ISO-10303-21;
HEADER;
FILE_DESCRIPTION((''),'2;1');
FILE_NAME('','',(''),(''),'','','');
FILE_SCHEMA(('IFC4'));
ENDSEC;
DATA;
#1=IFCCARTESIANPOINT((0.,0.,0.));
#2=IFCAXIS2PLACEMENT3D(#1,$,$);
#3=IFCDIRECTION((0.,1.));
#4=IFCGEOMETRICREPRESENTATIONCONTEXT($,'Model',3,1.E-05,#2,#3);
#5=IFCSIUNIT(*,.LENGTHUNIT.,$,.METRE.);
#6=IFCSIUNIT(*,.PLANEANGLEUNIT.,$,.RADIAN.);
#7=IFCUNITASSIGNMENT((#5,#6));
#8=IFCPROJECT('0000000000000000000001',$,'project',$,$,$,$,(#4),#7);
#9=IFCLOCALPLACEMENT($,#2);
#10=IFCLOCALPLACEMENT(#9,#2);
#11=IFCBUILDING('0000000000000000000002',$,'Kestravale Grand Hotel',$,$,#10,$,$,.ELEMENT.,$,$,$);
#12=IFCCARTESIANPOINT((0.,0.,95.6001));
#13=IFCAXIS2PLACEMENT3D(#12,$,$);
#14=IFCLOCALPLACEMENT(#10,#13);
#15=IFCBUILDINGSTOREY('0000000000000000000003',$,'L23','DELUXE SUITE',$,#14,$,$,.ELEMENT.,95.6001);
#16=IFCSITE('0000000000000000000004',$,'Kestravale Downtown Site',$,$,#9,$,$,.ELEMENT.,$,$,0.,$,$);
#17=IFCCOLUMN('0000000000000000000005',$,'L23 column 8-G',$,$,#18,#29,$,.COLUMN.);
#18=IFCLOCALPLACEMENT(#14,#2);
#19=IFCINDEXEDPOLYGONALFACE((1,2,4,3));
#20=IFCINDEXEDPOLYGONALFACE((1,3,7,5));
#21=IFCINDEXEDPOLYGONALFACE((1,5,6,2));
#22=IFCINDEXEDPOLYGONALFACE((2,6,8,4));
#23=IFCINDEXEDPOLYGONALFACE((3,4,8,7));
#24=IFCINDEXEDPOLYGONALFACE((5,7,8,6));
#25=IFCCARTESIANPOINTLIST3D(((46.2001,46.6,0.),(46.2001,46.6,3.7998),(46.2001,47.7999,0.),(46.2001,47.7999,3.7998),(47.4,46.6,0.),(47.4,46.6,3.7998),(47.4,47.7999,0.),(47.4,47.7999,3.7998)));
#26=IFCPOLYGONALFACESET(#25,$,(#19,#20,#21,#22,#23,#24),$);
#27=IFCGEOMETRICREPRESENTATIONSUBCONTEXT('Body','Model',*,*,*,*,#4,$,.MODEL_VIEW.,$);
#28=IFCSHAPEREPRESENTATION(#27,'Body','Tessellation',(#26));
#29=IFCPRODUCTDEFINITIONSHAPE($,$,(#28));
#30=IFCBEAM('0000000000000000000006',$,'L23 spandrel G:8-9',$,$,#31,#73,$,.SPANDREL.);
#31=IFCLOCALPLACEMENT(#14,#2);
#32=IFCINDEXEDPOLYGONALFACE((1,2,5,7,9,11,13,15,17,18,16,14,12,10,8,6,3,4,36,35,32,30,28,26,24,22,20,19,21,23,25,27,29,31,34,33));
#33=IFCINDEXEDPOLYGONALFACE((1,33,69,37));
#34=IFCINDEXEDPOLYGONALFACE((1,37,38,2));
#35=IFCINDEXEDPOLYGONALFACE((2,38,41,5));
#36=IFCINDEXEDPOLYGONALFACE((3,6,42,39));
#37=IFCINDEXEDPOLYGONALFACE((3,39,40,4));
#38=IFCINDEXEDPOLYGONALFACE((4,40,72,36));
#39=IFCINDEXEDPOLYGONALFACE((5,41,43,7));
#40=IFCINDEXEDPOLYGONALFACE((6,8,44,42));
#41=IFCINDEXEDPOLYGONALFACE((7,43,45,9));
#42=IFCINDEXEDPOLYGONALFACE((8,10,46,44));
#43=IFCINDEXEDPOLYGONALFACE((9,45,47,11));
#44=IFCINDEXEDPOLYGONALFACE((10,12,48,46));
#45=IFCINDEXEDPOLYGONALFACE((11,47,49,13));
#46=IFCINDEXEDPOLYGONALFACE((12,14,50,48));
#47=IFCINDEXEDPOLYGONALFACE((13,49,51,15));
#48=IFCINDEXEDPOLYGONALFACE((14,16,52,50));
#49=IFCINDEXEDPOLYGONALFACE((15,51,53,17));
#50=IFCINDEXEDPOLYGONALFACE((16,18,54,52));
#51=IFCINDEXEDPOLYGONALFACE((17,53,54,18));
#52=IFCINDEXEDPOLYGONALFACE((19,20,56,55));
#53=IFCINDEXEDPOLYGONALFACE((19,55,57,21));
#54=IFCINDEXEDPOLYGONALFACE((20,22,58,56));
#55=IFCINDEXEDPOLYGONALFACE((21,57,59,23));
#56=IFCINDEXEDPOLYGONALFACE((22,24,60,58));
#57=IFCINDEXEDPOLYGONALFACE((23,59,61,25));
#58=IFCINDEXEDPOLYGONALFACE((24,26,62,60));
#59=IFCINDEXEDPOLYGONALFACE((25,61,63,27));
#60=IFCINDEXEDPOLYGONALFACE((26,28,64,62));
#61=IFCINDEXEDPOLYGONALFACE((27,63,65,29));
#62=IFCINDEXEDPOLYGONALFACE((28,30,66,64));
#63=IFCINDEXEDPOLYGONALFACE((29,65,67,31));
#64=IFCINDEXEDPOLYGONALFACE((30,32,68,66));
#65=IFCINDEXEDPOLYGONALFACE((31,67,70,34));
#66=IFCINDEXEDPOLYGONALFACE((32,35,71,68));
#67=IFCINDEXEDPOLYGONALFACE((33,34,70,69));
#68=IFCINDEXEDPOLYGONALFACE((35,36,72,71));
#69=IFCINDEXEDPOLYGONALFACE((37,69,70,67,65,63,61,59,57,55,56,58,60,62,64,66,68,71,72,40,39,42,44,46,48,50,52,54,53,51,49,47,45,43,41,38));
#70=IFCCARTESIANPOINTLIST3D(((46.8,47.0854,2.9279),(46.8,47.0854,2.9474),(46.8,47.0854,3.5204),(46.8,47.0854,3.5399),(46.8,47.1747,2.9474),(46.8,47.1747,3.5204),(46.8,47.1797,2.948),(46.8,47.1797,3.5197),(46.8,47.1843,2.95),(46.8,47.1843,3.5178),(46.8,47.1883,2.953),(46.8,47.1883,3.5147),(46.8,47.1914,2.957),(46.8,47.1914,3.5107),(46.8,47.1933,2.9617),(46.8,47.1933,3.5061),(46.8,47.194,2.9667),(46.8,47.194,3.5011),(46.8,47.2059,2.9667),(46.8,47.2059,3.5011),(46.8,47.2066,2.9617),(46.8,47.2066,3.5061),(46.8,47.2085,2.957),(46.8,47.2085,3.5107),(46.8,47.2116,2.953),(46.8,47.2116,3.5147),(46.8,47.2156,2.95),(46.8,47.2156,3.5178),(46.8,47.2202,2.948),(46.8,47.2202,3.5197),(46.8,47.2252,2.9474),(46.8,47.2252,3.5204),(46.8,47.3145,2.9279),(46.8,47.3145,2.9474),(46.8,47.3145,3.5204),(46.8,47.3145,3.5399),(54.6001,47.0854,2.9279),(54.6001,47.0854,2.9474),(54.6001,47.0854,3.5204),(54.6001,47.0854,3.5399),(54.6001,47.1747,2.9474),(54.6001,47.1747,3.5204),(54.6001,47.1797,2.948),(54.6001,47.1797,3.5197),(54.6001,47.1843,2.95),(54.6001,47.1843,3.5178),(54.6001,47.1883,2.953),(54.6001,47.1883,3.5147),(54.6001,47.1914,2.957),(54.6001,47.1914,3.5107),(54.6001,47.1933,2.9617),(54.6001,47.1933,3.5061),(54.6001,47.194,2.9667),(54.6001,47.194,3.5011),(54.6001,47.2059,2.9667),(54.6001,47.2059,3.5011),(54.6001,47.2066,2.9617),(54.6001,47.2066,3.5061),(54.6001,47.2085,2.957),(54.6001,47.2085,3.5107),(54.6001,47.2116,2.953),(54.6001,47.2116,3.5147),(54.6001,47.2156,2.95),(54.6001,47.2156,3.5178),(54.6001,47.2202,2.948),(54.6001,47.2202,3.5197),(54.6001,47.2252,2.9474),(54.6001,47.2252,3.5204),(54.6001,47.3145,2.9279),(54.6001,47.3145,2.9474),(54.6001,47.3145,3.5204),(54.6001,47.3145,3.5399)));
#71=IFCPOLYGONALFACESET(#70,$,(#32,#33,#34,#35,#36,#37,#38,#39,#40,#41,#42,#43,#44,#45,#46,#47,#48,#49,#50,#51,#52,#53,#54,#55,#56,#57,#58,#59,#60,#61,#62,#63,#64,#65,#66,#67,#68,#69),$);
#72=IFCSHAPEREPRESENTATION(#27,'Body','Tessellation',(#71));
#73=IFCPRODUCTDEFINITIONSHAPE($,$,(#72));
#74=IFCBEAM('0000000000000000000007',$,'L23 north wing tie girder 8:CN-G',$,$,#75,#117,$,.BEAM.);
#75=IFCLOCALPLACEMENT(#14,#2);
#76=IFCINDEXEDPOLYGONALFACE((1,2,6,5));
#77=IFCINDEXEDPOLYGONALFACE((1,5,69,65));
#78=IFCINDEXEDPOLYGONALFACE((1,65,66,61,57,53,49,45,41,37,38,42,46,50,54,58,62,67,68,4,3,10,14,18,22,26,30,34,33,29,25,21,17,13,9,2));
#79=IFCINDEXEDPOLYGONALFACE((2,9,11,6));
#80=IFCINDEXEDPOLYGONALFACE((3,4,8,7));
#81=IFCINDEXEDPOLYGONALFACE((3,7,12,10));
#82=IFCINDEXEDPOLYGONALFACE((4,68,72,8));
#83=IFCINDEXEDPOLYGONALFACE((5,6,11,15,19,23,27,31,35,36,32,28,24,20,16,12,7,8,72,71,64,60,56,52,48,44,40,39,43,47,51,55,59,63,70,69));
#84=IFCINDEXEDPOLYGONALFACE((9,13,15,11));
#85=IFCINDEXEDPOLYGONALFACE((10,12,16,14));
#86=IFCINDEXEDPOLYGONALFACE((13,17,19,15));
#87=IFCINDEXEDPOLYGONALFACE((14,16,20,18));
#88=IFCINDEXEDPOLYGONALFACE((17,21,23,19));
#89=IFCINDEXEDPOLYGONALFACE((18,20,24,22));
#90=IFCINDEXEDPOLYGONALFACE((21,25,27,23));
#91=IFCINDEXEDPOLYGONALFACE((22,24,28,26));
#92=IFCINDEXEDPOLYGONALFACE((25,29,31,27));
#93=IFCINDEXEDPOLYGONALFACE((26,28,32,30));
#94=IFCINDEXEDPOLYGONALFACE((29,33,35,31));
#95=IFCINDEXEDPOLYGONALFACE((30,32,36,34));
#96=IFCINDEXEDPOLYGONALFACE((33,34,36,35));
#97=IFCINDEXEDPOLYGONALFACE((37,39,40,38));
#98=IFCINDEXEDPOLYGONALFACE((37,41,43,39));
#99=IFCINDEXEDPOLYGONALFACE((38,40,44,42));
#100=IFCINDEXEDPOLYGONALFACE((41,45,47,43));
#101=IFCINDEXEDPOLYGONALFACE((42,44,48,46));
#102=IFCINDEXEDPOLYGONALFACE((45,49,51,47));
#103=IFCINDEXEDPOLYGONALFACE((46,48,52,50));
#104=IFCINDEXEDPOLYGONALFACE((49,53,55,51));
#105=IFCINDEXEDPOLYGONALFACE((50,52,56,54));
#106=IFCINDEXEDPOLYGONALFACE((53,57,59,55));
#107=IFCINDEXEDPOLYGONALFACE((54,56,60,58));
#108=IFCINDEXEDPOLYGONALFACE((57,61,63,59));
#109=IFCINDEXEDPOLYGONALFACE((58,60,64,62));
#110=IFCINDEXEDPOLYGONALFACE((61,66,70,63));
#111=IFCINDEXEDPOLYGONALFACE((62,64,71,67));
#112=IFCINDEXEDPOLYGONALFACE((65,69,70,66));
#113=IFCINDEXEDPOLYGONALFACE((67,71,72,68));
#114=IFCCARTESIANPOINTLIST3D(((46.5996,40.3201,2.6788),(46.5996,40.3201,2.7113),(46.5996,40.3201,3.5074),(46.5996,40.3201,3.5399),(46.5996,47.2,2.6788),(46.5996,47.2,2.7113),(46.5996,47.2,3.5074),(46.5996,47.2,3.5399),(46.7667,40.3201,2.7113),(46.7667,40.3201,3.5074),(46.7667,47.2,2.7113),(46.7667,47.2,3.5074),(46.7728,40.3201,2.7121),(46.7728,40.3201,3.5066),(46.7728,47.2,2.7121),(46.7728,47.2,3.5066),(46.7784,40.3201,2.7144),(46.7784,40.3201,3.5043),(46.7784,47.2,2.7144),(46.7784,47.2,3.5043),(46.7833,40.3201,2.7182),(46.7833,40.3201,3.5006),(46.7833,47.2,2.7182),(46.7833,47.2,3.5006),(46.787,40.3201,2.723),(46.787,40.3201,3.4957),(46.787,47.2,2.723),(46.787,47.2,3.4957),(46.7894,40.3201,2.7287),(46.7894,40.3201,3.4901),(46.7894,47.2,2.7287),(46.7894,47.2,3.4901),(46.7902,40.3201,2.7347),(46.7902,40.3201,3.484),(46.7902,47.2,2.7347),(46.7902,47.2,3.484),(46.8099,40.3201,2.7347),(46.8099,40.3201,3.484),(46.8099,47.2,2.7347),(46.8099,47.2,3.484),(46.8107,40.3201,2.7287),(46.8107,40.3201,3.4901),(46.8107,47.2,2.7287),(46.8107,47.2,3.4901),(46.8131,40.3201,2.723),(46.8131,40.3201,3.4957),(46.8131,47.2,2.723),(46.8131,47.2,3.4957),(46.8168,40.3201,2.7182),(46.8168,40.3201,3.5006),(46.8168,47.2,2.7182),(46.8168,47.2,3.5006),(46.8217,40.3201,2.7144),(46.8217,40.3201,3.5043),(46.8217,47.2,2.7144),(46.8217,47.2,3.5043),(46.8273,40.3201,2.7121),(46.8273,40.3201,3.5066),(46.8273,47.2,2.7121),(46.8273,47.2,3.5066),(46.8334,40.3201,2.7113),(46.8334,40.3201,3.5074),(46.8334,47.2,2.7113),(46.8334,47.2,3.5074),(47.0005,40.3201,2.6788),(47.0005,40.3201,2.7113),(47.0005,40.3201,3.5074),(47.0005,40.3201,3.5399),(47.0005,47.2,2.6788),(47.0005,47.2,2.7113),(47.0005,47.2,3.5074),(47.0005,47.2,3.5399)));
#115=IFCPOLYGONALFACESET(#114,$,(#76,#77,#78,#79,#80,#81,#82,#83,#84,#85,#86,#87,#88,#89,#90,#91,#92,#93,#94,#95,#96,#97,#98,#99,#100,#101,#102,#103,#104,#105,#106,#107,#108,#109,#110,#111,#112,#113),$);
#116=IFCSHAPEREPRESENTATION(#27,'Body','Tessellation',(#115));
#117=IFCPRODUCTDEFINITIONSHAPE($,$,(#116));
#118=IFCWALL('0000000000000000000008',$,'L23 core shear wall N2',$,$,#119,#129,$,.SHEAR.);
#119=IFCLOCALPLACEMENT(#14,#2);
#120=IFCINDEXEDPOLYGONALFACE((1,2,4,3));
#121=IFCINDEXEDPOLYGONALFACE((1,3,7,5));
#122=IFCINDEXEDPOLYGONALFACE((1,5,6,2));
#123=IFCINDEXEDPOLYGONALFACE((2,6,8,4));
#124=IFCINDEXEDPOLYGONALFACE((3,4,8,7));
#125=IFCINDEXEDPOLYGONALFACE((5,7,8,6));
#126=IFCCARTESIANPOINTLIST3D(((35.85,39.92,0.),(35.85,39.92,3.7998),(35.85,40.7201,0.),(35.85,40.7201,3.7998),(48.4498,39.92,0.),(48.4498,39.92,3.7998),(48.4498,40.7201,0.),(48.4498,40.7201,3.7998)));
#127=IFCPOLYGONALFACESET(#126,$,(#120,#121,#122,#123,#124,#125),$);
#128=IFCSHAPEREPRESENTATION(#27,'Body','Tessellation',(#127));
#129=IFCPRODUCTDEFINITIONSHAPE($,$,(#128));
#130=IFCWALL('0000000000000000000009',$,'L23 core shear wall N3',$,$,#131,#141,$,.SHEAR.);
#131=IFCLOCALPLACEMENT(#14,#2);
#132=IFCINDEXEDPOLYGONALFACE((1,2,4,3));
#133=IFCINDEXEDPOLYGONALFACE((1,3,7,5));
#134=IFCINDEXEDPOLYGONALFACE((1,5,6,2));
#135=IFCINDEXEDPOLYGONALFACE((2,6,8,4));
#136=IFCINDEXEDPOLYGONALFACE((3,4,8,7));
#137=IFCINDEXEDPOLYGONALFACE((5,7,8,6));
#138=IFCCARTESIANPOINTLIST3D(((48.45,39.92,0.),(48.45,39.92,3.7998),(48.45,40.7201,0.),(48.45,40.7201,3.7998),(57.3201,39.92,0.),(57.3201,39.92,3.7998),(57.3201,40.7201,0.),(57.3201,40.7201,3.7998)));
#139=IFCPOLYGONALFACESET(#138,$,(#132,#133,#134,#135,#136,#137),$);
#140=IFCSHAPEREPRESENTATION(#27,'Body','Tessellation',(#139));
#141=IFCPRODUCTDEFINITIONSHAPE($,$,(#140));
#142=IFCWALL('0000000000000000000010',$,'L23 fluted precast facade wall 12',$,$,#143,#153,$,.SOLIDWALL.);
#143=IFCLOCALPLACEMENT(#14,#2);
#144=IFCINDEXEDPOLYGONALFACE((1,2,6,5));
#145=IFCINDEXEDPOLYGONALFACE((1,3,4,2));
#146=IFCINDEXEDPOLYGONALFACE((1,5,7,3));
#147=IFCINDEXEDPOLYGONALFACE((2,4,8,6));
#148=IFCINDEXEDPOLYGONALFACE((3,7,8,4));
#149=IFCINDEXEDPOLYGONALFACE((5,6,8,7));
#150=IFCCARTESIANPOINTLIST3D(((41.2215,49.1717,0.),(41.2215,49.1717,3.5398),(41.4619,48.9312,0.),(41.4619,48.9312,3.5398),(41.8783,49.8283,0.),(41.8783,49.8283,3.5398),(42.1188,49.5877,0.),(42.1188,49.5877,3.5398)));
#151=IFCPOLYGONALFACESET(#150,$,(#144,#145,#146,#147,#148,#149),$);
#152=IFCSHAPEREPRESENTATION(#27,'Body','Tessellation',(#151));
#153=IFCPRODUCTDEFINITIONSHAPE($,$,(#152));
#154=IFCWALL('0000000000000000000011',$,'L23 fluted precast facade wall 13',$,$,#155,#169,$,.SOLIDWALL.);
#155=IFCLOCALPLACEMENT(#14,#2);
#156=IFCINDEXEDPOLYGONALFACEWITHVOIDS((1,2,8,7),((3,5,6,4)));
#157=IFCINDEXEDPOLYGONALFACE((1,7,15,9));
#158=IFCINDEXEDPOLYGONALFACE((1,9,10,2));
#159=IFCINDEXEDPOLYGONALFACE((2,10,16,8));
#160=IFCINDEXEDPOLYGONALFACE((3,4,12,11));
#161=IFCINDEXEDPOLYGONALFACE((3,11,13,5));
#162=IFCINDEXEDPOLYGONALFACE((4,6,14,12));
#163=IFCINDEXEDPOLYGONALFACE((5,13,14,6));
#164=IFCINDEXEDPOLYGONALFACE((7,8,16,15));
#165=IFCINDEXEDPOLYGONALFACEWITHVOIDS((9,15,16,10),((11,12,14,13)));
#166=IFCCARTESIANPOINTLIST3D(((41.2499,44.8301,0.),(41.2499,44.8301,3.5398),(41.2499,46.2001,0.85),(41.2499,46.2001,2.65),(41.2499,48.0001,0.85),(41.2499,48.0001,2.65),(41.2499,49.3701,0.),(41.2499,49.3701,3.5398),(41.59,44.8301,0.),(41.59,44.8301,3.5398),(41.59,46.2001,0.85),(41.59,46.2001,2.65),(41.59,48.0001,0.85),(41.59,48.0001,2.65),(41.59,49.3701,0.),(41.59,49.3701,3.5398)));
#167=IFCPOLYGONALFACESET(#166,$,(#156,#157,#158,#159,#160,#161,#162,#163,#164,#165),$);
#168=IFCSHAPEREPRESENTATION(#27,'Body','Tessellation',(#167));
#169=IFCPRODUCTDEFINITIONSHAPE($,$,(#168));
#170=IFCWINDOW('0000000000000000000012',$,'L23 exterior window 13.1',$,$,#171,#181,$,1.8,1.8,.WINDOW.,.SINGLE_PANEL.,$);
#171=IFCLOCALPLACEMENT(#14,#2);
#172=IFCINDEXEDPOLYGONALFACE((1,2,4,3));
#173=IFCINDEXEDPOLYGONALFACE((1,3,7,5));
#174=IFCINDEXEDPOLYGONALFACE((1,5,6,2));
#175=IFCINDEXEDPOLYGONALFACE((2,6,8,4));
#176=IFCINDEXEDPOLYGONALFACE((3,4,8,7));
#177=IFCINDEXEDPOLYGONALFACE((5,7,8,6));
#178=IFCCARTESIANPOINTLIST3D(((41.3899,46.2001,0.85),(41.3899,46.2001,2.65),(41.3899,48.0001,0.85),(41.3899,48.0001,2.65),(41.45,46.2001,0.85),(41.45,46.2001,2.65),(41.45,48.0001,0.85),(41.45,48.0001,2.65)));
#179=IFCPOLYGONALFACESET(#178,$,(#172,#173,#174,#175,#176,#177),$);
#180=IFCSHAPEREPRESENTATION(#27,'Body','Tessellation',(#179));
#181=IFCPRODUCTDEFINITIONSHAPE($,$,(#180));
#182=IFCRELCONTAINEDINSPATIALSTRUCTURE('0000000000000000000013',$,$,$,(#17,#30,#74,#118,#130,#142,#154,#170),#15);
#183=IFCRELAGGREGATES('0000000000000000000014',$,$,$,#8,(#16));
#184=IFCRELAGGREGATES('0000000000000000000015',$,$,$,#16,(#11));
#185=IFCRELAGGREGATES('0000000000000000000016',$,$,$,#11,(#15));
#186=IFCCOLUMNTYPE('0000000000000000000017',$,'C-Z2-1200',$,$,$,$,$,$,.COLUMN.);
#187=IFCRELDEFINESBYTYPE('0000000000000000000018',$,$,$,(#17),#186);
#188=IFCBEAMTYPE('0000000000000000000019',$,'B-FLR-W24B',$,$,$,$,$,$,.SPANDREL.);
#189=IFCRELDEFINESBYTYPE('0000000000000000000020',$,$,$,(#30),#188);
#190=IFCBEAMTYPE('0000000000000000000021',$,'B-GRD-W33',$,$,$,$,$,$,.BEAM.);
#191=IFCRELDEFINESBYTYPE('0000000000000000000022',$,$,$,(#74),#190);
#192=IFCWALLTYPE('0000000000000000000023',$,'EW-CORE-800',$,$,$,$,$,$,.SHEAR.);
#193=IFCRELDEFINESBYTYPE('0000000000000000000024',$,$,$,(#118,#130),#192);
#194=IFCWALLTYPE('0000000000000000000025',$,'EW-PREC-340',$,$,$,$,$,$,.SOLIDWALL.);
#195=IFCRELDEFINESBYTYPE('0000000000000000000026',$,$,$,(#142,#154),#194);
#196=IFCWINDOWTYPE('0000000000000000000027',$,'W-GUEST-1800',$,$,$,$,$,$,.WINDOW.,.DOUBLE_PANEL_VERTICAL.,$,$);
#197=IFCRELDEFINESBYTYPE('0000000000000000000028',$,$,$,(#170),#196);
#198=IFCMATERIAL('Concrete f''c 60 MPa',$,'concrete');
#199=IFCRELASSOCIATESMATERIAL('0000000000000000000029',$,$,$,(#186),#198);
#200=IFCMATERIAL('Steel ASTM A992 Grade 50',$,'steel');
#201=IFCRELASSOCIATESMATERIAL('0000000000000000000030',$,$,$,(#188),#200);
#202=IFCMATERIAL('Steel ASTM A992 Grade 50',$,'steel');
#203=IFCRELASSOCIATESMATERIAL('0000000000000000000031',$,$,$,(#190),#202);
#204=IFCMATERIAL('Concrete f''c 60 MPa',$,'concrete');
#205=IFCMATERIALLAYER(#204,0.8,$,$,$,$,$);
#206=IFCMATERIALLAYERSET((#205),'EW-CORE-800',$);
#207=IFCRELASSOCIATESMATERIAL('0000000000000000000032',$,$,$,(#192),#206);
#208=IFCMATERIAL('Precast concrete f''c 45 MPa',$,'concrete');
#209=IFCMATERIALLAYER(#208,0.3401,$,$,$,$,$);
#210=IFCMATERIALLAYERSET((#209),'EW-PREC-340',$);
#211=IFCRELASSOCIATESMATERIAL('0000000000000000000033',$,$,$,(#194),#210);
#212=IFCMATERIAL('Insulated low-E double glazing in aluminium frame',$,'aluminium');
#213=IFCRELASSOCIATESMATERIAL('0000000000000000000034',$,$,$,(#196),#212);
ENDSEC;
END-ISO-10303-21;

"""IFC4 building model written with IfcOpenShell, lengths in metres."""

from ifc_helpers import new_model, si_unit, direction, frame, frame_2d, origin, origin_2d, place, context, subcontext, project, spatial, rectangle, i_section, extrude, material, layer, layer_set, material_profile, profile_set, type_object, element, fill, save


model = new_model("IFC4")

# Units and contexts
model_context = context("Model", 3, precision=1e-05, world=origin(), true_north=direction((0.0, 1.0)))
body_context = subcontext(model_context, "Body", "Model", "MODEL_VIEW")
ifc_project = project(units=[si_unit("LENGTHUNIT", "METRE"), si_unit("PLANEANGLEUNIT", "RADIAN")], contexts=[model_context])

# Site, building, storey
site_placement = place(None, origin())
site = spatial("IfcSite", under=ifc_project, at=site_placement, Name="Kestravale Downtown Site", CompositionType="ELEMENT", RefElevation=0.0)
building_placement = place(site_placement, origin())
building = spatial("IfcBuilding", under=site, at=building_placement, Name="Kestravale Grand Hotel", CompositionType="ELEMENT")
storey_placement = place(building_placement, frame((0.0, 0.0, 95.6001)))
storey = spatial("IfcBuildingStorey", under=building, at=storey_placement, Name="L23", Description="DELUXE SUITE", CompositionType="ELEMENT", Elevation=95.6001)

# Column
ifc_material_1 = material(Name="Concrete f'c 60 MPa", Category="concrete")
ifc_material_profile_1 = material_profile(ifc_material_1, rectangle(XDim=1.2, YDim=1.2, at=origin_2d()))
ifc_profile_set_1 = profile_set([ifc_material_profile_1], Name="Concrete f'c 60 MPa")
column_type = type_object("IfcColumnType", Name="C-Z2-1200", PredefinedType="COLUMN", material=ifc_profile_set_1)
column_placement = place(storey_placement, frame((46.8, 47.2, 0.0), z_axis=(0.0, 0.0, 1.0), x_axis=(1.0, 0.0, 0.0)))
element("IfcColumn", 1, at=column_placement, inside=storey, type_object=column_type, Name="L23 column 8-G", PredefinedType="COLUMN", context=body_context, shape_type="SweptSolid", body=[
    extrude(rectangle(XDim=1.2, YDim=1.2, at=origin_2d()), origin(), (0.0, 0.0, 1.0), 3.7998),
])

# Beams
ifc_material_2 = material(Name="Steel ASTM A992 Grade 50", Category="steel")
ifc_material_profile_2 = material_profile(ifc_material_2, i_section(OverallWidth=0.229, OverallDepth=0.6121, WebThickness=0.012, FlangeThickness=0.0195, FilletRadius=0.0193, at=origin_2d()))
ifc_profile_set_2 = profile_set([ifc_material_profile_2], Name="Steel ASTM A992 Grade 50")
beam_type_1 = type_object("IfcBeamType", Name="B-FLR-W24B", PredefinedType="SPANDREL", material=ifc_profile_set_2)
beam_1_placement = place(storey_placement, frame((46.8, 47.2, 3.2339), z_axis=(1.0, 0.0, 0.0), x_axis=(0.0, 1.0, 0.0)))
element("IfcBeam", 2, at=beam_1_placement, inside=storey, type_object=beam_type_1, Name="L23 spandrel G:8-9", PredefinedType="SPANDREL", context=body_context, shape_type="SweptSolid", body=[
    extrude(i_section(OverallWidth=0.229, OverallDepth=0.6121, WebThickness=0.012, FlangeThickness=0.0195, FilletRadius=0.0193, at=origin_2d()), origin(), (0.0, 0.0, 1.0), 7.8),
])
ifc_material_3 = material(Name="Steel ASTM A992 Grade 50", Category="steel")
ifc_material_profile_3 = material_profile(ifc_material_3, i_section(OverallWidth=0.4009, OverallDepth=0.8611, WebThickness=0.0198, FlangeThickness=0.0325, FilletRadius=0.0234, at=origin_2d()))
ifc_profile_set_3 = profile_set([ifc_material_profile_3], Name="Steel ASTM A992 Grade 50")
beam_type_2 = type_object("IfcBeamType", Name="B-GRD-W33", PredefinedType="BEAM", material=ifc_profile_set_3)
beam_2_placement = place(storey_placement, frame((46.8, 40.3201, 3.1094), z_axis=(0.0, 1.0, 0.0), x_axis=(-1.0, 0.0, 0.0)))
element("IfcBeam", 3, at=beam_2_placement, inside=storey, type_object=beam_type_2, Name="L23 north wing tie girder 8:CN-G", PredefinedType="BEAM", context=body_context, shape_type="SweptSolid", body=[
    extrude(i_section(OverallWidth=0.4009, OverallDepth=0.8611, WebThickness=0.0198, FlangeThickness=0.0325, FilletRadius=0.0234, at=origin_2d()), origin(), (0.0, 0.0, 1.0), 6.8799),
])

# Walls
ifc_material_4 = material(Name="Concrete f'c 60 MPa", Category="concrete")
ifc_layer_1 = layer(ifc_material_4, 0.8)
ifc_layer_set_1 = layer_set([ifc_layer_1], Name="EW-CORE-800")
wall_type_1 = type_object("IfcWallType", Name="EW-CORE-800", PredefinedType="SHEAR", material=ifc_layer_set_1)
wall_1_placement = place(storey_placement, frame((35.8501, 40.3201, 0.0), z_axis=(0.0, 0.0, 1.0), x_axis=(1.0, 0.0, 0.0)))
element("IfcWall", 4, at=wall_1_placement, inside=storey, type_object=wall_type_1, Name="L23 core shear wall N2", PredefinedType="SHEAR", context=body_context, shape_type="SweptSolid", body=[
    extrude(rectangle(XDim=12.5999, YDim=0.8, at=frame_2d((6.2998, 0.0))), origin(), (0.0, 0.0, 1.0), 3.7998),
])
wall_2_placement = place(storey_placement, frame((48.45, 40.3201, 0.0), z_axis=(0.0, 0.0, 1.0), x_axis=(1.0, 0.0, 0.0)))
element("IfcWall", 5, at=wall_2_placement, inside=storey, type_object=wall_type_1, Name="L23 core shear wall N3", PredefinedType="SHEAR", context=body_context, shape_type="SweptSolid", body=[
    extrude(rectangle(XDim=8.8701, YDim=0.8, at=frame_2d((4.4351, 0.0))), origin(), (0.0, 0.0, 1.0), 3.7998),
])
ifc_material_5 = material(Name="Precast concrete f'c 45 MPa", Category="concrete")
ifc_layer_2 = layer(ifc_material_5, 0.3401)
ifc_layer_set_2 = layer_set([ifc_layer_2], Name="EW-PREC-340")
wall_type_2 = type_object("IfcWallType", Name="EW-PREC-340", PredefinedType="SOLIDWALL", material=ifc_layer_set_2)
wall_3_placement = place(storey_placement, frame((41.9985, 49.708, 0.0), z_axis=(0.0, 0.0, 1.0), x_axis=(-0.707238, -0.706975, 0.0)))
element("IfcWall", 6, at=wall_3_placement, inside=storey, type_object=wall_type_2, Name="L23 fluted precast facade wall 12", PredefinedType="SOLIDWALL", context=body_context, shape_type="SweptSolid", body=[
    extrude(rectangle(XDim=0.9287, YDim=0.3401, at=frame_2d((0.4644, 0.0))), origin(), (0.0, 0.0, 1.0), 3.5398),
])

# Wall, opening, window
wall_4_placement = place(storey_placement, frame((41.4199, 49.3701, 0.0), z_axis=(0.0, 0.0, 1.0), x_axis=(0.0, -1.0, 0.0)))
wall_4 = element("IfcWall", 7, at=wall_4_placement, inside=storey, type_object=wall_type_2, Name="L23 fluted precast facade wall 13", PredefinedType="SOLIDWALL", context=body_context, shape_type="SweptSolid", body=[
    extrude(rectangle(XDim=4.54, YDim=0.3401, at=frame_2d((2.27, 0.0))), origin(), (0.0, 0.0, 1.0), 3.5398),
])
opening_1_placement = place(wall_4_placement, frame((1.3701, 0.0, 0.8501)))
opening_1 = element("IfcOpeningElement", 8, at=opening_1_placement, cuts=wall_4, PredefinedType="OPENING", context=body_context, shape_type="SweptSolid", body=[
    extrude(rectangle(XDim=1.8, YDim=1.8, at=frame_2d((0.8999, 0.8999))), frame((0.0, 0.1799, 0.0), z_axis=(0.0, -1.0, 0.0), x_axis=(1.0, 0.0, 0.0)), (0.0, 0.0, 1.0), 0.3601),
])
ifc_material_6 = material(Name="Insulated low-E double glazing in aluminium frame", Category="aluminium")
window_type = type_object("IfcWindowType", Name="W-GUEST-1800", PartitioningType="DOUBLE_PANEL_VERTICAL", PredefinedType="WINDOW", material=ifc_material_6)
window_1_placement = place(opening_1_placement, origin())
window_1 = element("IfcWindow", 9, at=window_1_placement, inside=storey, type_object=window_type, Name="L23 exterior window 13.1", OverallHeight=1.8, OverallWidth=1.8, PartitioningType="SINGLE_PANEL", PredefinedType="WINDOW", context=body_context, shape_type="SweptSolid", body=[
    extrude(rectangle(XDim=1.8, YDim=1.8, at=frame_2d((0.8999, 0.8999))), frame((0.0, 0.03, 0.0), z_axis=(0.0, -1.0, 0.0), x_axis=(1.0, 0.0, 0.0)), (0.0, 0.0, 1.0), 0.0601),
])
fill(opening_1, window_1)

save(model, "model.ifc")
